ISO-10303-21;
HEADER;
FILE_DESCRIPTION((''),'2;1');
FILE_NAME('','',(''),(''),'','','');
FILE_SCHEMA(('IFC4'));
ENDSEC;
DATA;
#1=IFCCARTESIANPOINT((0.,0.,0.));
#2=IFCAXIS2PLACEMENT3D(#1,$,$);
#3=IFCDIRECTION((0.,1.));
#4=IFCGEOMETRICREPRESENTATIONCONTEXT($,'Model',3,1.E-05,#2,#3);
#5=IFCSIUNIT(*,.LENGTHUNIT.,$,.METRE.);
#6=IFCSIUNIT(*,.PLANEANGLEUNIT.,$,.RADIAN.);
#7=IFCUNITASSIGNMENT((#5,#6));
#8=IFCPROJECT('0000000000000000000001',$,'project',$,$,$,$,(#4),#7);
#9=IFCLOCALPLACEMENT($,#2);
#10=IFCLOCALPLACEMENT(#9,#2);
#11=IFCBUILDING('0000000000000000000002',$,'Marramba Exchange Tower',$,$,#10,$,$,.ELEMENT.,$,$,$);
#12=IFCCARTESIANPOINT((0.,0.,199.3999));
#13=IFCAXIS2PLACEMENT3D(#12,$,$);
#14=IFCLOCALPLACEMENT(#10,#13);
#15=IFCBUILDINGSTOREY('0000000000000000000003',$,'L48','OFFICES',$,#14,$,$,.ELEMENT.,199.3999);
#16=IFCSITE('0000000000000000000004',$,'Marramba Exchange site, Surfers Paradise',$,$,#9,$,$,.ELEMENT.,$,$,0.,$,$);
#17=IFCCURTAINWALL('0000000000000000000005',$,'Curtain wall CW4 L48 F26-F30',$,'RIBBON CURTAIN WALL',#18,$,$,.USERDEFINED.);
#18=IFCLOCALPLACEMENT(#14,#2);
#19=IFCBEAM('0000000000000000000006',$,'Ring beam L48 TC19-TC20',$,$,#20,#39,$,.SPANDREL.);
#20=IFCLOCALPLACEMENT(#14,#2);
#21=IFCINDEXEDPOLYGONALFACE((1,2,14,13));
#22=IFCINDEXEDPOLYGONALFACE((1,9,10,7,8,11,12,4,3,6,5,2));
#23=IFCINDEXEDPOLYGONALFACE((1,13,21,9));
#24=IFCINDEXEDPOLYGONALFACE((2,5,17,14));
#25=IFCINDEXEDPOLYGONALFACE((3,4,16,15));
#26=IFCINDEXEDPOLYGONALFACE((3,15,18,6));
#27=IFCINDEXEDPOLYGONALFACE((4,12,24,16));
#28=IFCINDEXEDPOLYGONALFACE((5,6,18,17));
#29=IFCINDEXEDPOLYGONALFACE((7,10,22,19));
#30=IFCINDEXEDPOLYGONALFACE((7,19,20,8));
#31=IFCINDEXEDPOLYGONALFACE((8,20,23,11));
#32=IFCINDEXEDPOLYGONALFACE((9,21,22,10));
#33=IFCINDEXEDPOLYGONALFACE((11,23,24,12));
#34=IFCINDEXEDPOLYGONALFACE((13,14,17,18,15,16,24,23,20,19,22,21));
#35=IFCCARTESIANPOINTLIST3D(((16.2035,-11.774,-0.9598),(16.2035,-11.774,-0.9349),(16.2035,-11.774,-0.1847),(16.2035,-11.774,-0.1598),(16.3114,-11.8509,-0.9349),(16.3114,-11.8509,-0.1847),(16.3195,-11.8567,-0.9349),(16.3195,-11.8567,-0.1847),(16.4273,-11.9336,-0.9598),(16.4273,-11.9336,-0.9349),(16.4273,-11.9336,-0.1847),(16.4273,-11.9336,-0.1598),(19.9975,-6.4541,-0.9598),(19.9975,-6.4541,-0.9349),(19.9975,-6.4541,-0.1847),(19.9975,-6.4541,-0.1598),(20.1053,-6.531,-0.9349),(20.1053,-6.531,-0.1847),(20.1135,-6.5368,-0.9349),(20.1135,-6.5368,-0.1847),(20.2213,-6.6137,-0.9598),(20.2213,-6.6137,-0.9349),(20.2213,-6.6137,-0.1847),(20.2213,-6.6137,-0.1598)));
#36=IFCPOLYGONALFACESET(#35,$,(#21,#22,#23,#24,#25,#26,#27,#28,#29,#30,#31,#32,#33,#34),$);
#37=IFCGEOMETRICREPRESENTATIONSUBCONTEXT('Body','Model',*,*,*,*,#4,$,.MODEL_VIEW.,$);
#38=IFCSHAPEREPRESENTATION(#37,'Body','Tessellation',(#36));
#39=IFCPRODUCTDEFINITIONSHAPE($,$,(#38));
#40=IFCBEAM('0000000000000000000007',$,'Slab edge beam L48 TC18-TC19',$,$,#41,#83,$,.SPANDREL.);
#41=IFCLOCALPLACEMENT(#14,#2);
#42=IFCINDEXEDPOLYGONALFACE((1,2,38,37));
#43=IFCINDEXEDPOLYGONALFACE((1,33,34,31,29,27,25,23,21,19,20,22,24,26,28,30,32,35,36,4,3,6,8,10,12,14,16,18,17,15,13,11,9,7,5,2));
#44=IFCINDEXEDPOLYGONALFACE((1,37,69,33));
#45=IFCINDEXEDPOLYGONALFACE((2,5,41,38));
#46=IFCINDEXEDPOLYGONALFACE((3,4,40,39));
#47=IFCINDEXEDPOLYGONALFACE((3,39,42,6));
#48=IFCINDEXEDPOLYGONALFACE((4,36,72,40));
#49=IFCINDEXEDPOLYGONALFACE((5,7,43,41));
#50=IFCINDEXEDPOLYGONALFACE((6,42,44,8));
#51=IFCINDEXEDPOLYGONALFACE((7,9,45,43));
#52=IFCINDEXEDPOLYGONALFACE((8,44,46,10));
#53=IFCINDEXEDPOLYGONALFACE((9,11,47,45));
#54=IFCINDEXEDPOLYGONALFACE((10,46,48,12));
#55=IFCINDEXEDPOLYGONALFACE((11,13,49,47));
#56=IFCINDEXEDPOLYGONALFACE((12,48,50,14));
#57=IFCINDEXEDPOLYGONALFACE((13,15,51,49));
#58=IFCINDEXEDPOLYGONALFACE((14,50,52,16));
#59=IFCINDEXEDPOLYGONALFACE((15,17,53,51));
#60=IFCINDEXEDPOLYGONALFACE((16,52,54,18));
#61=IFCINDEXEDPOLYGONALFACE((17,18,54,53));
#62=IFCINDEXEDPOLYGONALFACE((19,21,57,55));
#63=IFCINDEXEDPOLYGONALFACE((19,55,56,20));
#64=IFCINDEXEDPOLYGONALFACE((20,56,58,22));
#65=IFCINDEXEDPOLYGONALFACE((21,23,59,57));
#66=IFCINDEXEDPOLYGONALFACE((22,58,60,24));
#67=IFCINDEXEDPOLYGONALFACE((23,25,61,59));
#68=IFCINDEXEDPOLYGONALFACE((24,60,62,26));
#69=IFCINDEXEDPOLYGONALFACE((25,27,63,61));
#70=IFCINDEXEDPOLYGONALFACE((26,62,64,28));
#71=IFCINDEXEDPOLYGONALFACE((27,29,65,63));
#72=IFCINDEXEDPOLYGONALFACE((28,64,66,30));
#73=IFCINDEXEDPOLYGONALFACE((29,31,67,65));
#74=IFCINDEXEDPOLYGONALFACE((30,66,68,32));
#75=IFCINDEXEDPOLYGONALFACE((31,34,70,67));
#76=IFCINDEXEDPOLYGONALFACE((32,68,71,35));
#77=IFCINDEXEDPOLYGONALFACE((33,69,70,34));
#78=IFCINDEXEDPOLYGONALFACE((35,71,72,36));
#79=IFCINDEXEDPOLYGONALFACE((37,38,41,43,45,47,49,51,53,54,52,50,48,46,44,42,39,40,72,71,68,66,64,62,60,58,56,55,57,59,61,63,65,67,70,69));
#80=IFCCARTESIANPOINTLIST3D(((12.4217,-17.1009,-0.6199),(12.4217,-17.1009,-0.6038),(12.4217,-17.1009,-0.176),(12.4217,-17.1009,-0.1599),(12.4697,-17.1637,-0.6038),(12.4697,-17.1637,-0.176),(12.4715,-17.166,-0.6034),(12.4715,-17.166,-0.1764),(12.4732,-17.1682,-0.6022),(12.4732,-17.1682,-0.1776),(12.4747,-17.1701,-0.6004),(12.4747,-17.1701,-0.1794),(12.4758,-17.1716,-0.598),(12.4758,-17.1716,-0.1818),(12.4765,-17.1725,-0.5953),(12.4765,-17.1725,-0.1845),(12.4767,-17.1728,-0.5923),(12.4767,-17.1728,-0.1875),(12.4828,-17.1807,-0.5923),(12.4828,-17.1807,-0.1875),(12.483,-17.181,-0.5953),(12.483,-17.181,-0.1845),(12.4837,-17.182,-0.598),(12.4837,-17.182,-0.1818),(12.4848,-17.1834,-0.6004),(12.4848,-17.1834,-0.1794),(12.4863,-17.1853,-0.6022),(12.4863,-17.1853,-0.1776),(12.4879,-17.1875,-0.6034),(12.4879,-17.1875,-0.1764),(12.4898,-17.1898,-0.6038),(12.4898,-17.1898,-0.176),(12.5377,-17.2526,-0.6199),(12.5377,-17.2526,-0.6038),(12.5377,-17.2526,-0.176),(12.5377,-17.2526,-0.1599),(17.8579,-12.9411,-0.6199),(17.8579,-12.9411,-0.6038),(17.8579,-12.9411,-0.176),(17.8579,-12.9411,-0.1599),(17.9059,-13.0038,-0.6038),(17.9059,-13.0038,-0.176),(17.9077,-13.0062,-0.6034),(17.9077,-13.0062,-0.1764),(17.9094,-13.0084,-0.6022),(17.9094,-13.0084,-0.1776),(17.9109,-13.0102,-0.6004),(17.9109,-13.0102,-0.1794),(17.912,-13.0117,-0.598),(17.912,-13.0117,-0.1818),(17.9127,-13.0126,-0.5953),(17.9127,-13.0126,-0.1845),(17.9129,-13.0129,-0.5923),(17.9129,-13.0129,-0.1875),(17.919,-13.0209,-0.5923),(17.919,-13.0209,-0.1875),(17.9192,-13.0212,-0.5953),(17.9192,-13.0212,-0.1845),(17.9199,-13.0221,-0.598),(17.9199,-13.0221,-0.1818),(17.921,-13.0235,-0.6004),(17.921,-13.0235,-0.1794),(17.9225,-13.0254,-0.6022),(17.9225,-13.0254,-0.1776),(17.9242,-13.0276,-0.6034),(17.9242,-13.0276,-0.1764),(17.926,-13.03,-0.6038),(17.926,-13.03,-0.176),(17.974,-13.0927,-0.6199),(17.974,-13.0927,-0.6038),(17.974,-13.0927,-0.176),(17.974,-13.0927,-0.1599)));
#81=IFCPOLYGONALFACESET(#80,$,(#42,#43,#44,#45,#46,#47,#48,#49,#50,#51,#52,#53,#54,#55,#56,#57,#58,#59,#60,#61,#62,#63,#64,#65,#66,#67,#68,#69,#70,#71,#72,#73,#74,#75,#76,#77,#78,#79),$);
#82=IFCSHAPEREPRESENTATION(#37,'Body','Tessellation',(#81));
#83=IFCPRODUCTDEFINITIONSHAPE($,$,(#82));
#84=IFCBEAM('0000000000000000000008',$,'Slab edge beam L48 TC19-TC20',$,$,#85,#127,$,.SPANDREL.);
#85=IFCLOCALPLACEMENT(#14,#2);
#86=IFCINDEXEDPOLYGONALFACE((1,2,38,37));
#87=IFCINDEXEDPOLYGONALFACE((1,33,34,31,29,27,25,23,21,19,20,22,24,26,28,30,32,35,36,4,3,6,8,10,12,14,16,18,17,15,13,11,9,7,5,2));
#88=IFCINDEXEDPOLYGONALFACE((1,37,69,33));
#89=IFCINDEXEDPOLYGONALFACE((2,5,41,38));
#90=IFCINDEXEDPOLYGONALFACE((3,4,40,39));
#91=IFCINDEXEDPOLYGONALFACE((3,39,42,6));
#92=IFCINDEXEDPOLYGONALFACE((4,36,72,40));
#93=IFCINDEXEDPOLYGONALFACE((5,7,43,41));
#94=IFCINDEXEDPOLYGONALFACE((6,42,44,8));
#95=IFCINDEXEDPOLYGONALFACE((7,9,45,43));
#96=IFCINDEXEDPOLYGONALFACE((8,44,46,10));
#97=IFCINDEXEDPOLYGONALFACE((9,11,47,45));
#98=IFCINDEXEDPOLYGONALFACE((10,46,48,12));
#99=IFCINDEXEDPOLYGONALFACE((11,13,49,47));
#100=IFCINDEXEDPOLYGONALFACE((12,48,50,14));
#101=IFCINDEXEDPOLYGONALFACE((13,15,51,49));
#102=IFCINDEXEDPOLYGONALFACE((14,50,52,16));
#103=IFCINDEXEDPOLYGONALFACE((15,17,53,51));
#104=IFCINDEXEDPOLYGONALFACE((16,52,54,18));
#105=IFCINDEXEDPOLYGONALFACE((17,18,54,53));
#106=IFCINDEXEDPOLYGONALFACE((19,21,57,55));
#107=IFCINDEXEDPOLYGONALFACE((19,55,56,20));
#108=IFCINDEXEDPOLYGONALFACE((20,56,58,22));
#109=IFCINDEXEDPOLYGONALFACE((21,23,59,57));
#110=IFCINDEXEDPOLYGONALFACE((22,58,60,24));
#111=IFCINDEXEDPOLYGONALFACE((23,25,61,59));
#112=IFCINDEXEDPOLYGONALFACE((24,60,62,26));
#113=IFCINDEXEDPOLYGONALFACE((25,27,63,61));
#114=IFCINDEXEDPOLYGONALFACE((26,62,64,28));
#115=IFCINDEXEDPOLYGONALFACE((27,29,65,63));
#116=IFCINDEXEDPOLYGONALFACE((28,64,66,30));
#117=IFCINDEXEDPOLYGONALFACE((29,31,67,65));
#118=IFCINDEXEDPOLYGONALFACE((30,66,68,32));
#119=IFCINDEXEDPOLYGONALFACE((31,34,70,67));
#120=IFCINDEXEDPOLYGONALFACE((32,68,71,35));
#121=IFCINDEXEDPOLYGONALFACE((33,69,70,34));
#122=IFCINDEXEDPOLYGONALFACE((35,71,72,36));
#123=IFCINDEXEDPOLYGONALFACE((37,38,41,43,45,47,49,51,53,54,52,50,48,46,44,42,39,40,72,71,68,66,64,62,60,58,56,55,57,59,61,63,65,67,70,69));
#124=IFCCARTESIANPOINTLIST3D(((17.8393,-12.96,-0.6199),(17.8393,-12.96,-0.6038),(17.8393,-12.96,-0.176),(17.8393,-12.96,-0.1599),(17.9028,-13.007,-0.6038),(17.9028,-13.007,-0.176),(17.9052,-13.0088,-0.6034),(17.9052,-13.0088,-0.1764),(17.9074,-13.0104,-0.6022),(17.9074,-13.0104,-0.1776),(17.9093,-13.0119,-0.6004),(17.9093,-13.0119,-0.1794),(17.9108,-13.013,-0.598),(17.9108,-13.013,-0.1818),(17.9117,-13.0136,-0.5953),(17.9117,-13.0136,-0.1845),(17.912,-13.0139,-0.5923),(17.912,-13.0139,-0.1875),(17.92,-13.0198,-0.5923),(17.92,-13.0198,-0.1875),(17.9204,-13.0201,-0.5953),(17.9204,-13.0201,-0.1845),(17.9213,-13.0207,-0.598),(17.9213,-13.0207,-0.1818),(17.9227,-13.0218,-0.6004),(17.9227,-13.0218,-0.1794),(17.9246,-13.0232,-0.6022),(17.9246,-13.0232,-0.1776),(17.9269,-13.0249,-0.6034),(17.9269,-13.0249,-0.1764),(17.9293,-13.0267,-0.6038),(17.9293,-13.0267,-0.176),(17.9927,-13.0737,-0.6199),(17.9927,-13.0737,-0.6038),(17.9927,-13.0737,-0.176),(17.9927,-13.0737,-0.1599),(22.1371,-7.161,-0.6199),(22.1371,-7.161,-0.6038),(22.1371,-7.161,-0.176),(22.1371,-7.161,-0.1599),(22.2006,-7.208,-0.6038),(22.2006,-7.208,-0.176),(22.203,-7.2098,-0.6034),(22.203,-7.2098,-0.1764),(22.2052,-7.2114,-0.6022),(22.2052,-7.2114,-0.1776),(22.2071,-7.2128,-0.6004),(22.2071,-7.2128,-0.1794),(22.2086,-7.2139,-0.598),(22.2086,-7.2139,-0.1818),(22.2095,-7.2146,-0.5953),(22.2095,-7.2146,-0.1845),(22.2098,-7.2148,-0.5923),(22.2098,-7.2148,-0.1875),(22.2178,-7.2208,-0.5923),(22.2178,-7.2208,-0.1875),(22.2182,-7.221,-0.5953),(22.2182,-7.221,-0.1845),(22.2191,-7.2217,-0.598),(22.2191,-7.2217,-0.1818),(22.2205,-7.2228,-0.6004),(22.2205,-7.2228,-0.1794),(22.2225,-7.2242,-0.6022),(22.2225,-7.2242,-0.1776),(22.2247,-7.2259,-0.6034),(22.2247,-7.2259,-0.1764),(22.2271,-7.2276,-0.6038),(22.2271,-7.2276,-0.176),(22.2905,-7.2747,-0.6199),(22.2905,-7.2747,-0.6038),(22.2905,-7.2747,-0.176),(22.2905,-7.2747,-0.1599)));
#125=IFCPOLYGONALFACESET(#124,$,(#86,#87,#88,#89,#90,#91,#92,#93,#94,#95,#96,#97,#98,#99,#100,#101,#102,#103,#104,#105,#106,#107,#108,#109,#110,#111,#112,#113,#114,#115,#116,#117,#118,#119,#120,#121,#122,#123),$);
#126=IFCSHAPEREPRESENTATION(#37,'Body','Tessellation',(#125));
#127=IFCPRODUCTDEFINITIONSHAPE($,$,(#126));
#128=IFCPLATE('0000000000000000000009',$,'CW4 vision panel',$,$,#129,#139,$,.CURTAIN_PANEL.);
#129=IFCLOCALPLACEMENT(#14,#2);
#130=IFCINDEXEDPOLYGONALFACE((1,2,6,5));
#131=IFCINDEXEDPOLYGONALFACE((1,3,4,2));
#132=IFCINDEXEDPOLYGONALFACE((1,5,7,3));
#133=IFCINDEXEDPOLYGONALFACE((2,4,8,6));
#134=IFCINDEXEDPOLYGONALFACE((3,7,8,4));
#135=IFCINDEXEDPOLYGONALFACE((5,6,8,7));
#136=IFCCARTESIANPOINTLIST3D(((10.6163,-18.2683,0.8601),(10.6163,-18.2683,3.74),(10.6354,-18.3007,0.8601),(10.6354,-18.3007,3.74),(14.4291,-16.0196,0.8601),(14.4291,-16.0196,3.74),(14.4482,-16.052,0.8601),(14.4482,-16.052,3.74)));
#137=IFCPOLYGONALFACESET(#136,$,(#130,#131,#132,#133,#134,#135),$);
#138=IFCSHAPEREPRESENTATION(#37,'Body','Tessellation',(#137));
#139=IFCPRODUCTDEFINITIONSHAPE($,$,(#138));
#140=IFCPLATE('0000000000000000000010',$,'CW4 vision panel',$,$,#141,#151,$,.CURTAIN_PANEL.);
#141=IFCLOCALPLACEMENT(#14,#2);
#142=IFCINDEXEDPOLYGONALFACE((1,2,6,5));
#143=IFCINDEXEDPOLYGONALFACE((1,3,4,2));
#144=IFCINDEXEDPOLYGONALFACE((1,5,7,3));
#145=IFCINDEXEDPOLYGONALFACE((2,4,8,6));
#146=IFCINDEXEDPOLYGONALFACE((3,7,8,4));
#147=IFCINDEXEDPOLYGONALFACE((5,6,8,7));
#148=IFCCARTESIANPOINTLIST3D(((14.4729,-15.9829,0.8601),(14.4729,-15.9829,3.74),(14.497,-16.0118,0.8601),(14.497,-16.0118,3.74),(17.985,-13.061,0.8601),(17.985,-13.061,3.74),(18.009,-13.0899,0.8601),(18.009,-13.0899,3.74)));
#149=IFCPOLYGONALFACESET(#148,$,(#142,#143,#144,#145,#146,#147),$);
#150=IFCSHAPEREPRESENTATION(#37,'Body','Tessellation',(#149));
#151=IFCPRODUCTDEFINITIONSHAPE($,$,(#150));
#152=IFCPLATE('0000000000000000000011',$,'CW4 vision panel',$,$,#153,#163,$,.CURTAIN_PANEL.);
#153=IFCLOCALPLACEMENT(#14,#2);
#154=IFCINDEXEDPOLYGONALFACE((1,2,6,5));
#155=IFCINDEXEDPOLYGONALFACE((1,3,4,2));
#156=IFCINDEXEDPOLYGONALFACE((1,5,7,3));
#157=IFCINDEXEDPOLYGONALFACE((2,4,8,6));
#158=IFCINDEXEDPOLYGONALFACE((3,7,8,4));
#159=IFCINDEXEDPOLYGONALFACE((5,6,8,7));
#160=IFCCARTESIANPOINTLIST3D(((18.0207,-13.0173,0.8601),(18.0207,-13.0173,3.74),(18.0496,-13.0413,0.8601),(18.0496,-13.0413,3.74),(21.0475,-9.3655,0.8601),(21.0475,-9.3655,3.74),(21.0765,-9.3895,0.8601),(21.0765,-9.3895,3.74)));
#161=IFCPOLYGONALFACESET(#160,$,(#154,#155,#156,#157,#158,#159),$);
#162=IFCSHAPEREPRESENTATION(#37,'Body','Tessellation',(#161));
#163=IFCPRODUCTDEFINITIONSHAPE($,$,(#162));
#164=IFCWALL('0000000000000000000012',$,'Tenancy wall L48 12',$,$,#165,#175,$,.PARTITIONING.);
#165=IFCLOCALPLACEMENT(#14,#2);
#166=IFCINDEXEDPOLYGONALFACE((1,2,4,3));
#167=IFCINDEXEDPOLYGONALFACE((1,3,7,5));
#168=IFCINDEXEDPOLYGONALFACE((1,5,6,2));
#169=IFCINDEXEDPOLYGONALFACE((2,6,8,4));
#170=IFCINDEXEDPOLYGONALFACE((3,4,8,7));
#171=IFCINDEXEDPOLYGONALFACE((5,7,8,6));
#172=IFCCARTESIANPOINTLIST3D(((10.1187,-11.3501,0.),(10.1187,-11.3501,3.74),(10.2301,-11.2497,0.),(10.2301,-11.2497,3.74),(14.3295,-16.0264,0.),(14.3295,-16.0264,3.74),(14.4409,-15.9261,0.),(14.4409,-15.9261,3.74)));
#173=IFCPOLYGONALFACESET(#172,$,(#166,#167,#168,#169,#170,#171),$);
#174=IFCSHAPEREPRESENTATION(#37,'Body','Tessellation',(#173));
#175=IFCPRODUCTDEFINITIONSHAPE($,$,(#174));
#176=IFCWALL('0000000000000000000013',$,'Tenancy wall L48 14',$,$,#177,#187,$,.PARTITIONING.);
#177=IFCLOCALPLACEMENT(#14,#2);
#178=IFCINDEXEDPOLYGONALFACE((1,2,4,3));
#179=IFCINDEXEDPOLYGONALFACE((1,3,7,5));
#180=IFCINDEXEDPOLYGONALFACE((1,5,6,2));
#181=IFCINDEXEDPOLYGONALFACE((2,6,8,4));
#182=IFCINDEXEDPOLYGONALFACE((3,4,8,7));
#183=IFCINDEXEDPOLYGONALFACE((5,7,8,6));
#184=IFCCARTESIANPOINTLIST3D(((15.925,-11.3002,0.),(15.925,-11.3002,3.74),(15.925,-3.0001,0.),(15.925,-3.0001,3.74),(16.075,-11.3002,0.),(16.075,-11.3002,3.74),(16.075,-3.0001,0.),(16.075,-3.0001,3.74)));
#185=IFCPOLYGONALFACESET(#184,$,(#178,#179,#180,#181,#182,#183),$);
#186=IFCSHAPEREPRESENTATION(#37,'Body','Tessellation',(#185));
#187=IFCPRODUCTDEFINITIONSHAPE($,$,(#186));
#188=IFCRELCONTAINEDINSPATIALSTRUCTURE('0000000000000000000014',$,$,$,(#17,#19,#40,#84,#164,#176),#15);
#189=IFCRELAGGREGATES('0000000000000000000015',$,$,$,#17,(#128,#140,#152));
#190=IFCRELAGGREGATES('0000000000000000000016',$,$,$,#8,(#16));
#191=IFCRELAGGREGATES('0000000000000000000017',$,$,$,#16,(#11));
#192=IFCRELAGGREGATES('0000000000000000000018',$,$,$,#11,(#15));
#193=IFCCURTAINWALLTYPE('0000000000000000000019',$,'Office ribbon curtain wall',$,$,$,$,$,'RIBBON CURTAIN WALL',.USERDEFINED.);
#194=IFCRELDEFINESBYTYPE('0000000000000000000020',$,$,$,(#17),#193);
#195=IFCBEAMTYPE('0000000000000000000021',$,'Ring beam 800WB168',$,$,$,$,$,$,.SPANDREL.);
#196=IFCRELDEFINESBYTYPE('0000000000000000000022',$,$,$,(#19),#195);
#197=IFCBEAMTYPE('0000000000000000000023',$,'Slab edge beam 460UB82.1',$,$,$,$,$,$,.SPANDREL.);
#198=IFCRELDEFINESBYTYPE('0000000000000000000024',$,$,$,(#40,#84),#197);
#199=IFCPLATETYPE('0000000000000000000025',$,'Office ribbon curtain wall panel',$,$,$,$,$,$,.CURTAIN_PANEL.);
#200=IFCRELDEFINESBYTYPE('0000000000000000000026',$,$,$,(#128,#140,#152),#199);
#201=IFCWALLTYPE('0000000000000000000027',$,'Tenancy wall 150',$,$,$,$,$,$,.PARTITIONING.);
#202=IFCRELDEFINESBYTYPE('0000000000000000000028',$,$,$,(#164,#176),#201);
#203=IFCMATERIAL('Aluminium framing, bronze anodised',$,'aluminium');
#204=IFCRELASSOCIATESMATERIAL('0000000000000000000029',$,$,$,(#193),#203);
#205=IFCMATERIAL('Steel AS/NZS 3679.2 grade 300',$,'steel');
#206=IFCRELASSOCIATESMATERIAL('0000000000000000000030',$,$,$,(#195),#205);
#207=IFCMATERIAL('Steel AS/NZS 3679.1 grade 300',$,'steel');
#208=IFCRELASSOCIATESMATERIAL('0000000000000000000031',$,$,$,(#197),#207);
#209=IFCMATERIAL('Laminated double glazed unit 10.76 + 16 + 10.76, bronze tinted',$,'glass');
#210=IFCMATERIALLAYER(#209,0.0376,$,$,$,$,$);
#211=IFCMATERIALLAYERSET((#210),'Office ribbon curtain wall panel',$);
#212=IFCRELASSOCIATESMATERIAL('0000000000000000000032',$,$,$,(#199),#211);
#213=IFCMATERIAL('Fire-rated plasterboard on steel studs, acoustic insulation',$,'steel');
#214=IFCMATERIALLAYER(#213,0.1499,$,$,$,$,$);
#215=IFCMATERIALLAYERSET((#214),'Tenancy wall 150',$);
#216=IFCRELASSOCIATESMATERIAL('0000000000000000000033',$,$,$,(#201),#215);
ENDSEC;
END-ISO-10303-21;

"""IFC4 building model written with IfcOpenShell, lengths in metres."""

from ifc_helpers import new_model, si_unit, direction, frame, frame_2d, origin, origin_2d, place, context, subcontext, project, spatial, rectangle, i_section, extrude, material, layer, layer_set, material_profile, profile_set, type_object, element, aggregate, save


model = new_model("IFC4")

# Units and contexts
model_context = context("Model", 3, precision=1e-05, world=origin(), true_north=direction((0.0, 1.0)))
body_context = subcontext(model_context, "Body", "Model", "MODEL_VIEW")
ifc_project = project(units=[si_unit("LENGTHUNIT", "METRE"), si_unit("PLANEANGLEUNIT", "RADIAN")], contexts=[model_context])

# Site, building, storey
site_placement = place(None, origin())
site = spatial("IfcSite", under=ifc_project, at=site_placement, Name="Marramba Exchange site, Surfers Paradise", CompositionType="ELEMENT", RefElevation=0.0)
building_placement = place(site_placement, origin())
building = spatial("IfcBuilding", under=site, at=building_placement, Name="Marramba Exchange Tower", CompositionType="ELEMENT")
storey_placement = place(building_placement, frame((0.0, 0.0, 199.3999)))
storey = spatial("IfcBuildingStorey", under=building, at=storey_placement, Name="L48", Description="OFFICES", CompositionType="ELEMENT", Elevation=199.3999)

# Shared definitions
ifc_material_1 = material(Name="Steel AS/NZS 3679.2 grade 300", Category="steel")

# Curtain wall
ifc_material_2 = material(Name="Aluminium framing, bronze anodised", Category="aluminium")
curtain_wall_type = type_object("IfcCurtainWallType", Name="Office ribbon curtain wall", ElementType="RIBBON CURTAIN WALL", PredefinedType="USERDEFINED", material=ifc_material_2)
curtain_wall_placement = place(storey_placement, origin())
curtain_wall = element("IfcCurtainWall", 1, at=curtain_wall_placement, inside=storey, type_object=curtain_wall_type, Name="Curtain wall CW4 L48 F26-F30", ObjectType="RIBBON CURTAIN WALL", PredefinedType="USERDEFINED")

# Beams
ifc_material_profile_1 = material_profile(ifc_material_1, i_section(OverallWidth=0.2749, OverallDepth=0.8, WebThickness=0.01, FlangeThickness=0.0249, at=origin_2d()), Name="800WB168")
ifc_profile_set_1 = profile_set([ifc_material_profile_1], Name="Steel AS/NZS 3679.2 grade 300")
beam_type_1 = type_object("IfcBeamType", Name="Ring beam 800WB168", PredefinedType="SPANDREL", material=ifc_profile_set_1)
beam_1_placement = place(storey_placement, frame((16.3154, -11.8538, -0.5598), z_axis=(0.580637, 0.814162, 0.0), x_axis=(-0.814162, 0.580637, 0.0)))
element("IfcBeam", 2, at=beam_1_placement, inside=storey, type_object=beam_type_1, Name="Ring beam L48 TC19-TC20", PredefinedType="SPANDREL", context=body_context, shape_type="SweptSolid", body=[
    extrude(i_section(OverallWidth=0.2749, OverallDepth=0.8, WebThickness=0.01, FlangeThickness=0.0249, at=origin_2d()), origin(), (0.0, 0.0, 1.0), 6.5342),
])
ifc_material_3 = material(Name="Steel AS/NZS 3679.1 grade 300", Category="steel")
ifc_material_profile_2 = material_profile(ifc_material_3, i_section(OverallWidth=0.1909, OverallDepth=0.46, WebThickness=0.01, FlangeThickness=0.0161, FilletRadius=0.0115, at=origin_2d()), Name="460UB82.1")
ifc_profile_set_2 = profile_set([ifc_material_profile_2], Name="Steel AS/NZS 3679.1 grade 300")
beam_type_2 = type_object("IfcBeamType", Name="Slab edge beam 460UB82.1", PredefinedType="SPANDREL", material=ifc_profile_set_2)
beam_2_placement = place(storey_placement, frame((12.4797, -17.1768, -0.3899), z_axis=(0.794163, 0.607704, 0.0), x_axis=(-0.607704, 0.794163, 0.0)))
element("IfcBeam", 3, at=beam_2_placement, inside=storey, type_object=beam_type_2, Name="Slab edge beam L48 TC18-TC19", PredefinedType="SPANDREL", context=body_context, shape_type="SweptSolid", body=[
    extrude(i_section(OverallWidth=0.1909, OverallDepth=0.46, WebThickness=0.01, FlangeThickness=0.0161, FilletRadius=0.0115, at=origin_2d()), origin(), (0.0, 0.0, 1.0), 6.8452),
])
beam_3_placement = place(storey_placement, frame((17.916, -13.0168, -0.3899), z_axis=(0.595428, 0.803409, 0.0), x_axis=(-0.803409, 0.595428, 0.0)))
element("IfcBeam", 4, at=beam_3_placement, inside=storey, type_object=beam_type_2, Name="Slab edge beam L48 TC19-TC20", PredefinedType="SPANDREL", context=body_context, shape_type="SweptSolid", body=[
    extrude(i_section(OverallWidth=0.1909, OverallDepth=0.46, WebThickness=0.01, FlangeThickness=0.0161, FilletRadius=0.0115, at=origin_2d()), origin(), (0.0, 0.0, 1.0), 7.218),
])

# Plates
ifc_material_4 = material(Name="Laminated double glazed unit 10.76 + 16 + 10.76, bronze tinted", Category="glass")
ifc_layer_1 = layer(ifc_material_4, 0.0376)
ifc_layer_set_1 = layer_set([ifc_layer_1], Name="Office ribbon curtain wall panel")
plate_type = type_object("IfcPlateType", Name="Office ribbon curtain wall panel", PredefinedType="CURTAIN_PANEL", material=ifc_layer_set_1)
plate_1_placement = place(storey_placement, frame((12.5322, -17.1602, 0.8601), z_axis=(0.0, 0.0, 1.0), x_axis=(0.861351, 0.508011, 0.0)))
plate_1 = element("IfcPlate", 5, at=plate_1_placement, type_object=plate_type, Name="CW4 vision panel", PredefinedType="CURTAIN_PANEL", context=body_context, shape_type="SweptSolid", body=[
    extrude(rectangle(XDim=4.4265, YDim=0.0376, at=origin_2d()), origin(), (0.0, 0.0, 1.0), 2.8799),
])
plate_2_placement = place(storey_placement, frame((16.241, -14.5364, 0.8601), z_axis=(0.0, 0.0, 1.0), x_axis=(0.768737, 0.639565, 0.0)))
plate_2 = element("IfcPlate", 6, at=plate_2_placement, type_object=plate_type, Name="CW4 vision panel", PredefinedType="CURTAIN_PANEL", context=body_context, shape_type="SweptSolid", body=[
    extrude(rectangle(XDim=4.5686, YDim=0.0376, at=origin_2d()), origin(), (0.0, 0.0, 1.0), 2.8799),
])
plate_3_placement = place(storey_placement, frame((19.5486, -11.2034, 0.8601), z_axis=(0.0, 0.0, 1.0), x_axis=(0.63815, 0.769912, 0.0)))
plate_3 = element("IfcPlate", 7, at=plate_3_placement, type_object=plate_type, Name="CW4 vision panel", PredefinedType="CURTAIN_PANEL", context=body_context, shape_type="SweptSolid", body=[
    extrude(rectangle(XDim=4.7432, YDim=0.0376, at=origin_2d()), origin(), (0.0, 0.0, 1.0), 2.8799),
])
aggregate(curtain_wall, [plate_1, plate_2, plate_3])

# Walls
ifc_material_5 = material(Name="Fire-rated plasterboard on steel studs, acoustic insulation", Category="steel")
ifc_layer_2 = layer(ifc_material_5, 0.1499)
ifc_layer_set_2 = layer_set([ifc_layer_2], Name="Tenancy wall 150")
wall_type = type_object("IfcWallType", Name="Tenancy wall 150", PredefinedType="PARTITIONING", material=ifc_layer_set_2)
wall_1_placement = place(storey_placement, frame((14.3853, -15.9763, 0.0), z_axis=(0.0, 0.0, 1.0), x_axis=(-0.669145, 0.743132, 0.0)))
element("IfcWall", 8, at=wall_1_placement, inside=storey, type_object=wall_type, Name="Tenancy wall L48 12", PredefinedType="PARTITIONING", context=body_context, shape_type="SweptSolid", body=[
    extrude(rectangle(XDim=6.2927, YDim=0.1499, at=frame_2d((3.1465, 0.0))), origin(), (0.0, 0.0, 1.0), 3.74),
])
wall_2_placement = place(storey_placement, frame((16.0, -11.3, 0.0), z_axis=(0.0, 0.0, 1.0), x_axis=(0.0, 1.0, 0.0)))
element("IfcWall", 9, at=wall_2_placement, inside=storey, type_object=wall_type, Name="Tenancy wall L48 14", PredefinedType="PARTITIONING", context=body_context, shape_type="SweptSolid", body=[
    extrude(rectangle(XDim=8.3, YDim=0.1499, at=frame_2d((4.1499, 0.0))), origin(), (0.0, 0.0, 1.0), 3.74),
])

save(model, "model.ifc")
